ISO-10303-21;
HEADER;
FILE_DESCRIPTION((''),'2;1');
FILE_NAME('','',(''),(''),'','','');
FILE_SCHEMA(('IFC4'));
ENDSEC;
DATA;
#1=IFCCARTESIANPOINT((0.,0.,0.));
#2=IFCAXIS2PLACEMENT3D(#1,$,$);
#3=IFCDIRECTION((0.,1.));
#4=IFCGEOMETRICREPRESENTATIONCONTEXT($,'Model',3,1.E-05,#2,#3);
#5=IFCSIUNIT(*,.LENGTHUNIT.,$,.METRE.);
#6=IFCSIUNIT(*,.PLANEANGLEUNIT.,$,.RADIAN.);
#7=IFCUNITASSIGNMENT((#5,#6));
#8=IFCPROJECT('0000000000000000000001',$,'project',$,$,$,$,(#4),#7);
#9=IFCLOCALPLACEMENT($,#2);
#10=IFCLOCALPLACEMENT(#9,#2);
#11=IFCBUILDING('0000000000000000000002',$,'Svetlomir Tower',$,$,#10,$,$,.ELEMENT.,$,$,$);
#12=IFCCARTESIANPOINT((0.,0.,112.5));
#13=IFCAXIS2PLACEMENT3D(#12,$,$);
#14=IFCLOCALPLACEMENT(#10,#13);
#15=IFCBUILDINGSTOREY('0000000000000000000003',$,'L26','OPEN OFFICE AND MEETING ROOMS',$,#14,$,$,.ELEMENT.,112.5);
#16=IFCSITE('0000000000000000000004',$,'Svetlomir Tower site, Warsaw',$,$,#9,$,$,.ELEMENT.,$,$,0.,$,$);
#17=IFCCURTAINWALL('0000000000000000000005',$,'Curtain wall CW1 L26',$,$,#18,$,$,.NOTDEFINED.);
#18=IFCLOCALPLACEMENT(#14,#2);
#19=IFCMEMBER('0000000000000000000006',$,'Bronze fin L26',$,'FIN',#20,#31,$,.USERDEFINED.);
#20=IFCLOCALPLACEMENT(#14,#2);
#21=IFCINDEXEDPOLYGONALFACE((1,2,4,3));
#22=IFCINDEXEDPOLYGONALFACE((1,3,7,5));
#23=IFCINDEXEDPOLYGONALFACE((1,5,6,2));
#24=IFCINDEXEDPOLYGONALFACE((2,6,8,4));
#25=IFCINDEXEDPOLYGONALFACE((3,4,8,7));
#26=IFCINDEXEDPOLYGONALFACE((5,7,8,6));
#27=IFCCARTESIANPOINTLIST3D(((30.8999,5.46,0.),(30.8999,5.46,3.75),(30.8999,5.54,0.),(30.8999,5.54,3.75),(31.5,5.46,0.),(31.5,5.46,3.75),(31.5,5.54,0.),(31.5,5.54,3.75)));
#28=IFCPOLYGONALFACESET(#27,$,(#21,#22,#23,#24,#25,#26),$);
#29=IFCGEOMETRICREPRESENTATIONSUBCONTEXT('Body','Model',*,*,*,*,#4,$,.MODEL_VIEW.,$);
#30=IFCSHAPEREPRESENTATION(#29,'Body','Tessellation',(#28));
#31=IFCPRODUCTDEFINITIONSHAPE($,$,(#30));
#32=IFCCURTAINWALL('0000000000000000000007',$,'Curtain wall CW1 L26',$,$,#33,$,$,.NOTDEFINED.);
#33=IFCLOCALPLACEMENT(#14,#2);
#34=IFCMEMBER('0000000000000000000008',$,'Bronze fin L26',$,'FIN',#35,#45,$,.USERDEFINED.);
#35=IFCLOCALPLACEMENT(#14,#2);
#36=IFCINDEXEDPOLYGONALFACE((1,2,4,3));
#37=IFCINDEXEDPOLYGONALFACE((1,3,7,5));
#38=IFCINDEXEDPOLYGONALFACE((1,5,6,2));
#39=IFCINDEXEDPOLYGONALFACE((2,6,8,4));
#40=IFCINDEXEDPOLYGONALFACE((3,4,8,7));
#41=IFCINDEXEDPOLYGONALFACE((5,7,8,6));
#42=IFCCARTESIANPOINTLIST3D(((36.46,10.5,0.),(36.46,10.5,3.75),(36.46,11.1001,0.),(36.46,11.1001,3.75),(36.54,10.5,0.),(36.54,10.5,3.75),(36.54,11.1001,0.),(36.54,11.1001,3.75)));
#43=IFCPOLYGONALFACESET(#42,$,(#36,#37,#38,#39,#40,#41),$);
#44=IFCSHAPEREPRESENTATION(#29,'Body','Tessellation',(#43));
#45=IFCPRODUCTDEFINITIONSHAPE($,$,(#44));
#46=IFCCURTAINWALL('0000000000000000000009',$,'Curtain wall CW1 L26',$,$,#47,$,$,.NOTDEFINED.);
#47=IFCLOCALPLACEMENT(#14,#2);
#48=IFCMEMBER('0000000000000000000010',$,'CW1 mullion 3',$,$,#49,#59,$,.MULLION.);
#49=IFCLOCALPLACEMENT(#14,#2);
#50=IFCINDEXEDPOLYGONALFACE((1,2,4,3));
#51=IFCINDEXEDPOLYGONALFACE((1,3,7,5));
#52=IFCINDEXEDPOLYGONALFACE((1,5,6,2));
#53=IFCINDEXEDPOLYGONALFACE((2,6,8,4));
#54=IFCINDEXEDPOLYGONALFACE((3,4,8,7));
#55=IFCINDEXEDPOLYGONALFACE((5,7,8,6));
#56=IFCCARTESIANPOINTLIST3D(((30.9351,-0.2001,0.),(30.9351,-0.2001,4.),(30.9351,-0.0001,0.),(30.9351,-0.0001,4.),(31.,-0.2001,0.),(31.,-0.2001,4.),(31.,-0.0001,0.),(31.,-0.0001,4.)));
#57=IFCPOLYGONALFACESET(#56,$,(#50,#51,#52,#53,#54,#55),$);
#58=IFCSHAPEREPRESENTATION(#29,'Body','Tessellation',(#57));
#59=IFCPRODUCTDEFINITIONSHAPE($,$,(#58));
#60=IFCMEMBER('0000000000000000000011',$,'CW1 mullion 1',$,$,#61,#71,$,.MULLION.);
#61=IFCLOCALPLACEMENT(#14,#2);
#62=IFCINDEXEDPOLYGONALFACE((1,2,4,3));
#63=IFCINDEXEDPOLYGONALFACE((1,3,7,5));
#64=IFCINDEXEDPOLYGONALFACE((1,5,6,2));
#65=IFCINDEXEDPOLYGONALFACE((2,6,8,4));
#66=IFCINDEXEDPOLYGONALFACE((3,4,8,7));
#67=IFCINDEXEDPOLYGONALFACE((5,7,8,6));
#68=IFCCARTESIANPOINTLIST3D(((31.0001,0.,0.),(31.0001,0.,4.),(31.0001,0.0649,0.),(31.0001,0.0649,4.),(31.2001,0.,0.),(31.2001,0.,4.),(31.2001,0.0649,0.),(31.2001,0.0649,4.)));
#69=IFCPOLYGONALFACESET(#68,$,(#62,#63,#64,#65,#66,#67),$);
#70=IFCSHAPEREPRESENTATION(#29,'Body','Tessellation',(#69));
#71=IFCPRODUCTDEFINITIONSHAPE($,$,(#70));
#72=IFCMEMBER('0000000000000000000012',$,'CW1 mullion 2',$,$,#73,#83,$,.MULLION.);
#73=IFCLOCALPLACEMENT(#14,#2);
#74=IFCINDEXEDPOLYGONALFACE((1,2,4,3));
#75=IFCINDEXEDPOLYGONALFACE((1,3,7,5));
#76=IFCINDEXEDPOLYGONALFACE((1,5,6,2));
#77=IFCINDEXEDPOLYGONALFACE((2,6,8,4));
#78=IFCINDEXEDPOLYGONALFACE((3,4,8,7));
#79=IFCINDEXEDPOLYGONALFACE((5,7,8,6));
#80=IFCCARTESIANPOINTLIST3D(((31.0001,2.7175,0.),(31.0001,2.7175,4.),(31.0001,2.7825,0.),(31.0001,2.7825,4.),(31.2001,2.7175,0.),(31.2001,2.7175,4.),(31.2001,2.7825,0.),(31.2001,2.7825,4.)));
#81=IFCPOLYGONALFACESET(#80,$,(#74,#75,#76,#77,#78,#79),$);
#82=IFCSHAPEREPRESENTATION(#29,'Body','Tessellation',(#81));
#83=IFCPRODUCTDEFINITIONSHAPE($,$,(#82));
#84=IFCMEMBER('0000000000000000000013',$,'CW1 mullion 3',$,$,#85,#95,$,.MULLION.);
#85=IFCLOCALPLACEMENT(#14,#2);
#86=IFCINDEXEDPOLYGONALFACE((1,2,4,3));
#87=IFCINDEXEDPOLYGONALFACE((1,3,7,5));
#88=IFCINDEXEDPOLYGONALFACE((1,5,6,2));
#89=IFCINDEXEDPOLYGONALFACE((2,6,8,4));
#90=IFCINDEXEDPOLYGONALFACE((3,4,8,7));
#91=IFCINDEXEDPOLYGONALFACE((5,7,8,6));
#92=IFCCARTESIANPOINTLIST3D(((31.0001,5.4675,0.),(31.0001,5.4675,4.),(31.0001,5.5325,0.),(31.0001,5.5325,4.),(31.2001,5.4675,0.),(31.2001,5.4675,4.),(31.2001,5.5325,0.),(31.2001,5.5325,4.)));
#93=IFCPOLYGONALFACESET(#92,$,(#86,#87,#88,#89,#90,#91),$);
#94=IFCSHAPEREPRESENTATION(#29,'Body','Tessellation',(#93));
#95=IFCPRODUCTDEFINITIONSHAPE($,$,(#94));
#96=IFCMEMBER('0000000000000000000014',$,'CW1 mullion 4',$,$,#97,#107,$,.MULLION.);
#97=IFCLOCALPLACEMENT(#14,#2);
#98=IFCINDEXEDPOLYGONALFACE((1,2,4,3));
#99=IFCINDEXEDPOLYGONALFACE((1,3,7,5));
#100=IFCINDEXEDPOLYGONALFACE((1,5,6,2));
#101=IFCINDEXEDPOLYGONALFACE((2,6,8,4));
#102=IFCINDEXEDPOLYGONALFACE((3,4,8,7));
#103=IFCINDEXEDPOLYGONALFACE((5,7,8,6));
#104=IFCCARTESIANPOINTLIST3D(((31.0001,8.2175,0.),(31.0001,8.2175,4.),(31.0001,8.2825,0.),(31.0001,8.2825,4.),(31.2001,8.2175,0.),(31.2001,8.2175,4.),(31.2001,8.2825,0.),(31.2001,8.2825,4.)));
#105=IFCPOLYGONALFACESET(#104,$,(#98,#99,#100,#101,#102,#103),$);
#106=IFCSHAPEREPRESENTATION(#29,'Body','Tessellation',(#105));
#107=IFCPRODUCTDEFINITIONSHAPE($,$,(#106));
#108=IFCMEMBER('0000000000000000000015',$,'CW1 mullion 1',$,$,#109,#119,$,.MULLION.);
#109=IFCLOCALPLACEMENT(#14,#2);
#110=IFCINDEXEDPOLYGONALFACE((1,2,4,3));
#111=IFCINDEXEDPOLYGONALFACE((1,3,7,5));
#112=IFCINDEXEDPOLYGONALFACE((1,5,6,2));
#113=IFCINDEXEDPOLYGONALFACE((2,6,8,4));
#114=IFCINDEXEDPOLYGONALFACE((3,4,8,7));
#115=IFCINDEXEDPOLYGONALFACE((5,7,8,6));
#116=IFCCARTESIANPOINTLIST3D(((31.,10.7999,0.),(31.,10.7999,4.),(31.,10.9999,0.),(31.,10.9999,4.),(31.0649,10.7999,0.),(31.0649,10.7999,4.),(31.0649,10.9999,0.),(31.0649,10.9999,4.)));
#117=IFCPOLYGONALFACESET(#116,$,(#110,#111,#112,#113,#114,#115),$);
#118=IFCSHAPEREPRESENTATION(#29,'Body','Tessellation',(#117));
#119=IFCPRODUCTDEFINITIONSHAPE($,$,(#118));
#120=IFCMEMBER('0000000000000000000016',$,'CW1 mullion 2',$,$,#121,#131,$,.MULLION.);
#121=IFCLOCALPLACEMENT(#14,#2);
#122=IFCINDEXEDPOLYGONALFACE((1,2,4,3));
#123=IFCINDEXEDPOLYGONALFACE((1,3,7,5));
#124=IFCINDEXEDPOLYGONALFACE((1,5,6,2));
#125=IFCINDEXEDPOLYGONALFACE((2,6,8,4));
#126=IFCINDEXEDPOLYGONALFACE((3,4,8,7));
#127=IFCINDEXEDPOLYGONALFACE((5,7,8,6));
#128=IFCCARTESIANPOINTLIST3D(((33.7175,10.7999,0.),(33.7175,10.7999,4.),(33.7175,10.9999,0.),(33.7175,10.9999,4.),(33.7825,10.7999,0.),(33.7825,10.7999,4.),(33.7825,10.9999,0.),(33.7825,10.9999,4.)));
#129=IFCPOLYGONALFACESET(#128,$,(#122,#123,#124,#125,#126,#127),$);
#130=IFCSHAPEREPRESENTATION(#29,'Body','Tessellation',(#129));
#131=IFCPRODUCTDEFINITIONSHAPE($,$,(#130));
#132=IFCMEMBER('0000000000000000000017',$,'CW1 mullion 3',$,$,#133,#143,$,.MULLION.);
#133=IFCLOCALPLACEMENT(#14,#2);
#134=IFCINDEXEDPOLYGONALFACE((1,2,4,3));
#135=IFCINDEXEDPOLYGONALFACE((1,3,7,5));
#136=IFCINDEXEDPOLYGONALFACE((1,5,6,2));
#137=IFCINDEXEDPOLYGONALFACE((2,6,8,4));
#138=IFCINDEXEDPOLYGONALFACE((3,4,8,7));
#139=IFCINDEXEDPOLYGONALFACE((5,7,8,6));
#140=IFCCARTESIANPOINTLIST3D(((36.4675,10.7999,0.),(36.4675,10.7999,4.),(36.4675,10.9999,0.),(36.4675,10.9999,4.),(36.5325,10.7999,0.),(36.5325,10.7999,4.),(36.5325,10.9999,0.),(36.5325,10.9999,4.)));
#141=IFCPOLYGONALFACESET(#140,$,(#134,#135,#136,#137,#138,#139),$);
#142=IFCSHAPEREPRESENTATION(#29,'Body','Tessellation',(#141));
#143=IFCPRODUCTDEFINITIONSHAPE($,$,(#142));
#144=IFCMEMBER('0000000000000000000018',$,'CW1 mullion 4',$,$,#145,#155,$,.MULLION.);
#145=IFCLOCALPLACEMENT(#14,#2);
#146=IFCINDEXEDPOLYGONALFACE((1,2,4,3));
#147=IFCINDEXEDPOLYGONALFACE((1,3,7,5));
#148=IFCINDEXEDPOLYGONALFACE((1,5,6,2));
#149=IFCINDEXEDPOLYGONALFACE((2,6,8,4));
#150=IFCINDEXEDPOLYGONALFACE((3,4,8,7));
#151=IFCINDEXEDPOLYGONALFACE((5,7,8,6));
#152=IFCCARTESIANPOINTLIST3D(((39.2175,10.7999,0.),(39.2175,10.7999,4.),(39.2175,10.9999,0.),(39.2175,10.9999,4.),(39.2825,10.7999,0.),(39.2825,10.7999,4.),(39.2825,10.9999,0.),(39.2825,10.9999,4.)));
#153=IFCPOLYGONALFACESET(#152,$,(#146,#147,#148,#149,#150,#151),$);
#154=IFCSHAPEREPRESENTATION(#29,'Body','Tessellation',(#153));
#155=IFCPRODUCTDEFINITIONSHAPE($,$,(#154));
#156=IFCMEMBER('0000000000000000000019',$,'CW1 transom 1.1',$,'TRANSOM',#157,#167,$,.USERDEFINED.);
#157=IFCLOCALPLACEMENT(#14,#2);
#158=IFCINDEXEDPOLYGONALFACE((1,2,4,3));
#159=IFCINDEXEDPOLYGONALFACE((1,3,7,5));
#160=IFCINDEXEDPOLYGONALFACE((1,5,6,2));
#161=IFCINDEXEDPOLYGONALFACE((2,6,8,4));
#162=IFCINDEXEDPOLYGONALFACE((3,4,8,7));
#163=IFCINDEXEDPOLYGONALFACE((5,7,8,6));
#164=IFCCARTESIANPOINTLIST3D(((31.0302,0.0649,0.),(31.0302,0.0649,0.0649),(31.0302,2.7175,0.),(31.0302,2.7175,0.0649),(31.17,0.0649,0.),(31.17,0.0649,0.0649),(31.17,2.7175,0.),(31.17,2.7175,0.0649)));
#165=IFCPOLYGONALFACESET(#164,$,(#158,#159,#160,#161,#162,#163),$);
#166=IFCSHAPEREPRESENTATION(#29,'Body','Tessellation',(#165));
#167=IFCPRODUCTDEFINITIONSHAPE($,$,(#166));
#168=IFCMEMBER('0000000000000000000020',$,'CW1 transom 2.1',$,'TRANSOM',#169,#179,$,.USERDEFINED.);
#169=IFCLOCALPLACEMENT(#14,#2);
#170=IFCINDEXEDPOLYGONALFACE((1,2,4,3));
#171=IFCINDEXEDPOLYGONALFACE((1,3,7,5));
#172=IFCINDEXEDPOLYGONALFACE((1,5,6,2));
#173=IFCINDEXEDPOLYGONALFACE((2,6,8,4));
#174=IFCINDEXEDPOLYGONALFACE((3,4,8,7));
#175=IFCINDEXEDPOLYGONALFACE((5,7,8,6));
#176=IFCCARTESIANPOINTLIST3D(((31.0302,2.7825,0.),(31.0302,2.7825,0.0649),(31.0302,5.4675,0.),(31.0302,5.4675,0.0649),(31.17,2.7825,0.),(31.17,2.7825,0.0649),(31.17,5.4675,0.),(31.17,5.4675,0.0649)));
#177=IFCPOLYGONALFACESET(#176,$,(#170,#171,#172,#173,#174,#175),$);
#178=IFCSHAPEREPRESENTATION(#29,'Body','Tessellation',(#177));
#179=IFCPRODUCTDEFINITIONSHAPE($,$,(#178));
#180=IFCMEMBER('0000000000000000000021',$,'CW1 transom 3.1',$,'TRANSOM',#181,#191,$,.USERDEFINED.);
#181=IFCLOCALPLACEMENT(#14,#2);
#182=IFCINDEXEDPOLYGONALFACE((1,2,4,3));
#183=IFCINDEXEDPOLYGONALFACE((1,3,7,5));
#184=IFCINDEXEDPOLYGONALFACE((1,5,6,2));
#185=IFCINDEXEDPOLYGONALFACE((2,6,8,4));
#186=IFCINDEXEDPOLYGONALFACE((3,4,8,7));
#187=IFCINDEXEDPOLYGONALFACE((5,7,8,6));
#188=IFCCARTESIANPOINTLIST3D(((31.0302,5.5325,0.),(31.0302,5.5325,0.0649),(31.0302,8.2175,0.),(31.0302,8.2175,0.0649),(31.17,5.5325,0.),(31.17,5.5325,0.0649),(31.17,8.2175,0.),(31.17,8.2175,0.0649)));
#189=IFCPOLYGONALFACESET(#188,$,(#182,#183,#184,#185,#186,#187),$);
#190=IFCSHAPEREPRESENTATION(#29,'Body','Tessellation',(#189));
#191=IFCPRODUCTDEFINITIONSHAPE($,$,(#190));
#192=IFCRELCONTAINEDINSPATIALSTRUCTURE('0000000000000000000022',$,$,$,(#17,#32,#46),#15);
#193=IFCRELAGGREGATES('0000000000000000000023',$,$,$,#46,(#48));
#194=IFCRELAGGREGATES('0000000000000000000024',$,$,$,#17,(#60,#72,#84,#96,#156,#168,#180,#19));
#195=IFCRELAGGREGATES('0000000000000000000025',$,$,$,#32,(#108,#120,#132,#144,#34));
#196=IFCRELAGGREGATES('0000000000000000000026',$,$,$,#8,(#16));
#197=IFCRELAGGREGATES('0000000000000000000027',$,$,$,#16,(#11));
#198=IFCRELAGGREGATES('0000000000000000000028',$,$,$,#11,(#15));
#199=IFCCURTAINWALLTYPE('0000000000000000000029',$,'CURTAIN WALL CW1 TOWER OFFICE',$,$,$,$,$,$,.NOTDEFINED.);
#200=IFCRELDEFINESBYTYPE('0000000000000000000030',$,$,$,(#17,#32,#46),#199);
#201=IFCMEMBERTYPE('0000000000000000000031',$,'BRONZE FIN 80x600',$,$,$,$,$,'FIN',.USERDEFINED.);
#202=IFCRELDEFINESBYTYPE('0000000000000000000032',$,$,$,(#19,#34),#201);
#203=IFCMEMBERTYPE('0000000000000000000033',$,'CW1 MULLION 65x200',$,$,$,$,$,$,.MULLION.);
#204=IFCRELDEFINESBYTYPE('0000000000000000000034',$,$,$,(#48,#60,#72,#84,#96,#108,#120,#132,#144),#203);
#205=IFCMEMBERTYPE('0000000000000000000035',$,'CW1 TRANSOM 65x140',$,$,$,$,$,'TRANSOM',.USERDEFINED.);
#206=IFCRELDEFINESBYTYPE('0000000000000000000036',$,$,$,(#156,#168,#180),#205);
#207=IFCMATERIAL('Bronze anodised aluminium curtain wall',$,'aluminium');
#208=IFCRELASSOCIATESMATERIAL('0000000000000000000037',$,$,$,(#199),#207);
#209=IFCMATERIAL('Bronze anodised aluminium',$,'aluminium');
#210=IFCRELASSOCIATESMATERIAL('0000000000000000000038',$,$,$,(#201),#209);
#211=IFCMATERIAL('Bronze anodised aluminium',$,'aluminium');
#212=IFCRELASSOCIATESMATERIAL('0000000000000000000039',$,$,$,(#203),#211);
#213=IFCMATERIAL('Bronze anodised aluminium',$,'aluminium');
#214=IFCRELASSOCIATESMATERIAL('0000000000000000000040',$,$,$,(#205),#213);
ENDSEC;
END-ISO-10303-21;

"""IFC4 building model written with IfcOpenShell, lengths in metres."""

from ifc_helpers import new_model, si_unit, direction, frame, origin, origin_2d, place, context, subcontext, project, spatial, rectangle, extrude, material, material_profile, profile_set, type_object, element, aggregate, save


model = new_model("IFC4")

# Units and contexts
model_context = context("Model", 3, precision=1e-05, world=origin(), true_north=direction((0.0, 1.0)))
body_context = subcontext(model_context, "Body", "Model", "MODEL_VIEW")
ifc_project = project(units=[si_unit("LENGTHUNIT", "METRE"), si_unit("PLANEANGLEUNIT", "RADIAN")], contexts=[model_context])

# Site, building, storey
site_placement = place(None, origin())
site = spatial("IfcSite", under=ifc_project, at=site_placement, Name="Svetlomir Tower site, Warsaw", CompositionType="ELEMENT", RefElevation=0.0)
building_placement = place(site_placement, origin())
building = spatial("IfcBuilding", under=site, at=building_placement, Name="Svetlomir Tower", CompositionType="ELEMENT")
storey_placement = place(building_placement, frame((0.0, 0.0, 112.5)))
storey = spatial("IfcBuildingStorey", under=building, at=storey_placement, Name="L26", Description="OPEN OFFICE AND MEETING ROOMS", CompositionType="ELEMENT", Elevation=112.5)

# Curtain walls, members
ifc_material_1 = material(Name="Bronze anodised aluminium curtain wall", Category="aluminium")
curtain_wall_type = type_object("IfcCurtainWallType", Name="CURTAIN WALL CW1 TOWER OFFICE", PredefinedType="NOTDEFINED", material=ifc_material_1)
curtain_wall_1_placement = place(storey_placement, origin())
curtain_wall_1 = element("IfcCurtainWall", 1, at=curtain_wall_1_placement, inside=storey, type_object=curtain_wall_type, Name="Curtain wall CW1 L26", PredefinedType="NOTDEFINED")
ifc_material_2 = material(Name="Bronze anodised aluminium", Category="aluminium")
ifc_material_profile_1 = material_profile(ifc_material_2, rectangle(XDim=0.0801, YDim=0.6001, at=origin_2d()), Name="FIN 80x600")
ifc_profile_set_1 = profile_set([ifc_material_profile_1], Name="Bronze anodised aluminium 6063-T6")
member_type_1 = type_object("IfcMemberType", Name="BRONZE FIN 80x600", ElementType="FIN", PredefinedType="USERDEFINED", material=ifc_profile_set_1)
member_1_placement = place(storey_placement, frame((31.2, 5.5, 0.0), z_axis=(0.0, 0.0, 1.0), x_axis=(0.0, 1.0, 0.0)))
member_1 = element("IfcMember", 2, at=member_1_placement, type_object=member_type_1, Name="Bronze fin L26", ObjectType="FIN", PredefinedType="USERDEFINED", context=body_context, shape_type="SweptSolid", body=[
    extrude(rectangle(XDim=0.0801, YDim=0.6001, at=origin_2d()), origin(), (0.0, 0.0, 1.0), 3.75),
])
curtain_wall_2_placement = place(storey_placement, origin())
curtain_wall_2 = element("IfcCurtainWall", 3, at=curtain_wall_2_placement, inside=storey, type_object=curtain_wall_type, Name="Curtain wall CW1 L26", PredefinedType="NOTDEFINED")
member_2_placement = place(storey_placement, frame((36.5, 10.8, 0.0), z_axis=(0.0, 0.0, 1.0), x_axis=(1.0, 0.0, 0.0)))
member_2 = element("IfcMember", 4, at=member_2_placement, type_object=member_type_1, Name="Bronze fin L26", ObjectType="FIN", PredefinedType="USERDEFINED", context=body_context, shape_type="SweptSolid", body=[
    extrude(rectangle(XDim=0.0801, YDim=0.6001, at=origin_2d()), origin(), (0.0, 0.0, 1.0), 3.75),
])
curtain_wall_3_placement = place(storey_placement, origin())
curtain_wall_3 = element("IfcCurtainWall", 5, at=curtain_wall_3_placement, inside=storey, type_object=curtain_wall_type, Name="Curtain wall CW1 L26", PredefinedType="NOTDEFINED")
ifc_material_3 = material(Name="Bronze anodised aluminium", Category="aluminium")
ifc_material_profile_2 = material_profile(ifc_material_3, rectangle(XDim=0.0649, YDim=0.2, at=origin_2d()), Name="AL 65x200")
ifc_profile_set_2 = profile_set([ifc_material_profile_2], Name="Bronze anodised aluminium 6063-T6")
member_type_2 = type_object("IfcMemberType", Name="CW1 MULLION 65x200", PredefinedType="MULLION", material=ifc_profile_set_2)
member_3_placement = place(storey_placement, frame((30.9675, -0.1001, 0.0), z_axis=(0.0, 0.0, 1.0), x_axis=(1.0, 0.0, 0.0)))
member_3 = element("IfcMember", 6, at=member_3_placement, type_object=member_type_2, Name="CW1 mullion 3", PredefinedType="MULLION", context=body_context, shape_type="SweptSolid", body=[
    extrude(rectangle(XDim=0.0649, YDim=0.2, at=origin_2d()), origin(), (0.0, 0.0, 1.0), 4.0),
])
aggregate(curtain_wall_3, [member_3])

# Members
member_4_placement = place(storey_placement, frame((31.1001, 0.0325, 0.0), z_axis=(0.0, 0.0, 1.0), x_axis=(0.0, 1.0, 0.0)))
member_4 = element("IfcMember", 7, at=member_4_placement, type_object=member_type_2, Name="CW1 mullion 1", PredefinedType="MULLION", context=body_context, shape_type="SweptSolid", body=[
    extrude(rectangle(XDim=0.0649, YDim=0.2, at=origin_2d()), origin(), (0.0, 0.0, 1.0), 4.0),
])
member_5_placement = place(storey_placement, frame((31.1001, 2.75, 0.0), z_axis=(0.0, 0.0, 1.0), x_axis=(0.0, 1.0, 0.0)))
member_5 = element("IfcMember", 8, at=member_5_placement, type_object=member_type_2, Name="CW1 mullion 2", PredefinedType="MULLION", context=body_context, shape_type="SweptSolid", body=[
    extrude(rectangle(XDim=0.0649, YDim=0.2, at=origin_2d()), origin(), (0.0, 0.0, 1.0), 4.0),
])
member_6_placement = place(storey_placement, frame((31.1001, 5.5, 0.0), z_axis=(0.0, 0.0, 1.0), x_axis=(0.0, 1.0, 0.0)))
member_6 = element("IfcMember", 9, at=member_6_placement, type_object=member_type_2, Name="CW1 mullion 3", PredefinedType="MULLION", context=body_context, shape_type="SweptSolid", body=[
    extrude(rectangle(XDim=0.0649, YDim=0.2, at=origin_2d()), origin(), (0.0, 0.0, 1.0), 4.0),
])
member_7_placement = place(storey_placement, frame((31.1001, 8.25, 0.0), z_axis=(0.0, 0.0, 1.0), x_axis=(0.0, 1.0, 0.0)))
member_7 = element("IfcMember", 10, at=member_7_placement, type_object=member_type_2, Name="CW1 mullion 4", PredefinedType="MULLION", context=body_context, shape_type="SweptSolid", body=[
    extrude(rectangle(XDim=0.0649, YDim=0.2, at=origin_2d()), origin(), (0.0, 0.0, 1.0), 4.0),
])
member_8_placement = place(storey_placement, frame((31.0325, 10.8999, 0.0), z_axis=(0.0, 0.0, 1.0), x_axis=(1.0, 0.0, 0.0)))
member_8 = element("IfcMember", 11, at=member_8_placement, type_object=member_type_2, Name="CW1 mullion 1", PredefinedType="MULLION", context=body_context, shape_type="SweptSolid", body=[
    extrude(rectangle(XDim=0.0649, YDim=0.2, at=origin_2d()), origin(), (0.0, 0.0, 1.0), 4.0),
])
member_9_placement = place(storey_placement, frame((33.75, 10.8999, 0.0), z_axis=(0.0, 0.0, 1.0), x_axis=(1.0, 0.0, 0.0)))
member_9 = element("IfcMember", 12, at=member_9_placement, type_object=member_type_2, Name="CW1 mullion 2", PredefinedType="MULLION", context=body_context, shape_type="SweptSolid", body=[
    extrude(rectangle(XDim=0.0649, YDim=0.2, at=origin_2d()), origin(), (0.0, 0.0, 1.0), 4.0),
])
member_10_placement = place(storey_placement, frame((36.5, 10.8999, 0.0), z_axis=(0.0, 0.0, 1.0), x_axis=(1.0, 0.0, 0.0)))
member_10 = element("IfcMember", 13, at=member_10_placement, type_object=member_type_2, Name="CW1 mullion 3", PredefinedType="MULLION", context=body_context, shape_type="SweptSolid", body=[
    extrude(rectangle(XDim=0.0649, YDim=0.2, at=origin_2d()), origin(), (0.0, 0.0, 1.0), 4.0),
])
member_11_placement = place(storey_placement, frame((39.25, 10.8999, 0.0), z_axis=(0.0, 0.0, 1.0), x_axis=(1.0, 0.0, 0.0)))
member_11 = element("IfcMember", 14, at=member_11_placement, type_object=member_type_2, Name="CW1 mullion 4", PredefinedType="MULLION", context=body_context, shape_type="SweptSolid", body=[
    extrude(rectangle(XDim=0.0649, YDim=0.2, at=origin_2d()), origin(), (0.0, 0.0, 1.0), 4.0),
])
ifc_material_4 = material(Name="Bronze anodised aluminium", Category="aluminium")
ifc_material_profile_3 = material_profile(ifc_material_4, rectangle(XDim=0.1399, YDim=0.0649, at=origin_2d()), Name="AL 140x65")
ifc_profile_set_3 = profile_set([ifc_material_profile_3], Name="Bronze anodised aluminium 6063-T6")
member_type_3 = type_object("IfcMemberType", Name="CW1 TRANSOM 65x140", ElementType="TRANSOM", PredefinedType="USERDEFINED", material=ifc_profile_set_3)
member_12_placement = place(storey_placement, frame((31.1001, 0.0649, 0.0325), z_axis=(0.0, 1.0, 0.0), x_axis=(-1.0, 0.0, 0.0)))
member_12 = element("IfcMember", 15, at=member_12_placement, type_object=member_type_3, Name="CW1 transom 1.1", ObjectType="TRANSOM", PredefinedType="USERDEFINED", context=body_context, shape_type="SweptSolid", body=[
    extrude(rectangle(XDim=0.1399, YDim=0.0649, at=origin_2d()), origin(), (0.0, 0.0, 1.0), 2.6526),
])
member_13_placement = place(storey_placement, frame((31.1001, 2.7825, 0.0325), z_axis=(0.0, 1.0, 0.0), x_axis=(-1.0, 0.0, 0.0)))
member_13 = element("IfcMember", 16, at=member_13_placement, type_object=member_type_3, Name="CW1 transom 2.1", ObjectType="TRANSOM", PredefinedType="USERDEFINED", context=body_context, shape_type="SweptSolid", body=[
    extrude(rectangle(XDim=0.1399, YDim=0.0649, at=origin_2d()), origin(), (0.0, 0.0, 1.0), 2.6851),
])
member_14_placement = place(storey_placement, frame((31.1001, 5.5325, 0.0325), z_axis=(0.0, 1.0, 0.0), x_axis=(-1.0, 0.0, 0.0)))
member_14 = element("IfcMember", 17, at=member_14_placement, type_object=member_type_3, Name="CW1 transom 3.1", ObjectType="TRANSOM", PredefinedType="USERDEFINED", context=body_context, shape_type="SweptSolid", body=[
    extrude(rectangle(XDim=0.1399, YDim=0.0649, at=origin_2d()), origin(), (0.0, 0.0, 1.0), 2.6851),
])

aggregate(curtain_wall_1, [member_4, member_5, member_6, member_7, member_12, member_13, member_14, member_1])
aggregate(curtain_wall_2, [member_8, member_9, member_10, member_11, member_2])

save(model, "model.ifc")
